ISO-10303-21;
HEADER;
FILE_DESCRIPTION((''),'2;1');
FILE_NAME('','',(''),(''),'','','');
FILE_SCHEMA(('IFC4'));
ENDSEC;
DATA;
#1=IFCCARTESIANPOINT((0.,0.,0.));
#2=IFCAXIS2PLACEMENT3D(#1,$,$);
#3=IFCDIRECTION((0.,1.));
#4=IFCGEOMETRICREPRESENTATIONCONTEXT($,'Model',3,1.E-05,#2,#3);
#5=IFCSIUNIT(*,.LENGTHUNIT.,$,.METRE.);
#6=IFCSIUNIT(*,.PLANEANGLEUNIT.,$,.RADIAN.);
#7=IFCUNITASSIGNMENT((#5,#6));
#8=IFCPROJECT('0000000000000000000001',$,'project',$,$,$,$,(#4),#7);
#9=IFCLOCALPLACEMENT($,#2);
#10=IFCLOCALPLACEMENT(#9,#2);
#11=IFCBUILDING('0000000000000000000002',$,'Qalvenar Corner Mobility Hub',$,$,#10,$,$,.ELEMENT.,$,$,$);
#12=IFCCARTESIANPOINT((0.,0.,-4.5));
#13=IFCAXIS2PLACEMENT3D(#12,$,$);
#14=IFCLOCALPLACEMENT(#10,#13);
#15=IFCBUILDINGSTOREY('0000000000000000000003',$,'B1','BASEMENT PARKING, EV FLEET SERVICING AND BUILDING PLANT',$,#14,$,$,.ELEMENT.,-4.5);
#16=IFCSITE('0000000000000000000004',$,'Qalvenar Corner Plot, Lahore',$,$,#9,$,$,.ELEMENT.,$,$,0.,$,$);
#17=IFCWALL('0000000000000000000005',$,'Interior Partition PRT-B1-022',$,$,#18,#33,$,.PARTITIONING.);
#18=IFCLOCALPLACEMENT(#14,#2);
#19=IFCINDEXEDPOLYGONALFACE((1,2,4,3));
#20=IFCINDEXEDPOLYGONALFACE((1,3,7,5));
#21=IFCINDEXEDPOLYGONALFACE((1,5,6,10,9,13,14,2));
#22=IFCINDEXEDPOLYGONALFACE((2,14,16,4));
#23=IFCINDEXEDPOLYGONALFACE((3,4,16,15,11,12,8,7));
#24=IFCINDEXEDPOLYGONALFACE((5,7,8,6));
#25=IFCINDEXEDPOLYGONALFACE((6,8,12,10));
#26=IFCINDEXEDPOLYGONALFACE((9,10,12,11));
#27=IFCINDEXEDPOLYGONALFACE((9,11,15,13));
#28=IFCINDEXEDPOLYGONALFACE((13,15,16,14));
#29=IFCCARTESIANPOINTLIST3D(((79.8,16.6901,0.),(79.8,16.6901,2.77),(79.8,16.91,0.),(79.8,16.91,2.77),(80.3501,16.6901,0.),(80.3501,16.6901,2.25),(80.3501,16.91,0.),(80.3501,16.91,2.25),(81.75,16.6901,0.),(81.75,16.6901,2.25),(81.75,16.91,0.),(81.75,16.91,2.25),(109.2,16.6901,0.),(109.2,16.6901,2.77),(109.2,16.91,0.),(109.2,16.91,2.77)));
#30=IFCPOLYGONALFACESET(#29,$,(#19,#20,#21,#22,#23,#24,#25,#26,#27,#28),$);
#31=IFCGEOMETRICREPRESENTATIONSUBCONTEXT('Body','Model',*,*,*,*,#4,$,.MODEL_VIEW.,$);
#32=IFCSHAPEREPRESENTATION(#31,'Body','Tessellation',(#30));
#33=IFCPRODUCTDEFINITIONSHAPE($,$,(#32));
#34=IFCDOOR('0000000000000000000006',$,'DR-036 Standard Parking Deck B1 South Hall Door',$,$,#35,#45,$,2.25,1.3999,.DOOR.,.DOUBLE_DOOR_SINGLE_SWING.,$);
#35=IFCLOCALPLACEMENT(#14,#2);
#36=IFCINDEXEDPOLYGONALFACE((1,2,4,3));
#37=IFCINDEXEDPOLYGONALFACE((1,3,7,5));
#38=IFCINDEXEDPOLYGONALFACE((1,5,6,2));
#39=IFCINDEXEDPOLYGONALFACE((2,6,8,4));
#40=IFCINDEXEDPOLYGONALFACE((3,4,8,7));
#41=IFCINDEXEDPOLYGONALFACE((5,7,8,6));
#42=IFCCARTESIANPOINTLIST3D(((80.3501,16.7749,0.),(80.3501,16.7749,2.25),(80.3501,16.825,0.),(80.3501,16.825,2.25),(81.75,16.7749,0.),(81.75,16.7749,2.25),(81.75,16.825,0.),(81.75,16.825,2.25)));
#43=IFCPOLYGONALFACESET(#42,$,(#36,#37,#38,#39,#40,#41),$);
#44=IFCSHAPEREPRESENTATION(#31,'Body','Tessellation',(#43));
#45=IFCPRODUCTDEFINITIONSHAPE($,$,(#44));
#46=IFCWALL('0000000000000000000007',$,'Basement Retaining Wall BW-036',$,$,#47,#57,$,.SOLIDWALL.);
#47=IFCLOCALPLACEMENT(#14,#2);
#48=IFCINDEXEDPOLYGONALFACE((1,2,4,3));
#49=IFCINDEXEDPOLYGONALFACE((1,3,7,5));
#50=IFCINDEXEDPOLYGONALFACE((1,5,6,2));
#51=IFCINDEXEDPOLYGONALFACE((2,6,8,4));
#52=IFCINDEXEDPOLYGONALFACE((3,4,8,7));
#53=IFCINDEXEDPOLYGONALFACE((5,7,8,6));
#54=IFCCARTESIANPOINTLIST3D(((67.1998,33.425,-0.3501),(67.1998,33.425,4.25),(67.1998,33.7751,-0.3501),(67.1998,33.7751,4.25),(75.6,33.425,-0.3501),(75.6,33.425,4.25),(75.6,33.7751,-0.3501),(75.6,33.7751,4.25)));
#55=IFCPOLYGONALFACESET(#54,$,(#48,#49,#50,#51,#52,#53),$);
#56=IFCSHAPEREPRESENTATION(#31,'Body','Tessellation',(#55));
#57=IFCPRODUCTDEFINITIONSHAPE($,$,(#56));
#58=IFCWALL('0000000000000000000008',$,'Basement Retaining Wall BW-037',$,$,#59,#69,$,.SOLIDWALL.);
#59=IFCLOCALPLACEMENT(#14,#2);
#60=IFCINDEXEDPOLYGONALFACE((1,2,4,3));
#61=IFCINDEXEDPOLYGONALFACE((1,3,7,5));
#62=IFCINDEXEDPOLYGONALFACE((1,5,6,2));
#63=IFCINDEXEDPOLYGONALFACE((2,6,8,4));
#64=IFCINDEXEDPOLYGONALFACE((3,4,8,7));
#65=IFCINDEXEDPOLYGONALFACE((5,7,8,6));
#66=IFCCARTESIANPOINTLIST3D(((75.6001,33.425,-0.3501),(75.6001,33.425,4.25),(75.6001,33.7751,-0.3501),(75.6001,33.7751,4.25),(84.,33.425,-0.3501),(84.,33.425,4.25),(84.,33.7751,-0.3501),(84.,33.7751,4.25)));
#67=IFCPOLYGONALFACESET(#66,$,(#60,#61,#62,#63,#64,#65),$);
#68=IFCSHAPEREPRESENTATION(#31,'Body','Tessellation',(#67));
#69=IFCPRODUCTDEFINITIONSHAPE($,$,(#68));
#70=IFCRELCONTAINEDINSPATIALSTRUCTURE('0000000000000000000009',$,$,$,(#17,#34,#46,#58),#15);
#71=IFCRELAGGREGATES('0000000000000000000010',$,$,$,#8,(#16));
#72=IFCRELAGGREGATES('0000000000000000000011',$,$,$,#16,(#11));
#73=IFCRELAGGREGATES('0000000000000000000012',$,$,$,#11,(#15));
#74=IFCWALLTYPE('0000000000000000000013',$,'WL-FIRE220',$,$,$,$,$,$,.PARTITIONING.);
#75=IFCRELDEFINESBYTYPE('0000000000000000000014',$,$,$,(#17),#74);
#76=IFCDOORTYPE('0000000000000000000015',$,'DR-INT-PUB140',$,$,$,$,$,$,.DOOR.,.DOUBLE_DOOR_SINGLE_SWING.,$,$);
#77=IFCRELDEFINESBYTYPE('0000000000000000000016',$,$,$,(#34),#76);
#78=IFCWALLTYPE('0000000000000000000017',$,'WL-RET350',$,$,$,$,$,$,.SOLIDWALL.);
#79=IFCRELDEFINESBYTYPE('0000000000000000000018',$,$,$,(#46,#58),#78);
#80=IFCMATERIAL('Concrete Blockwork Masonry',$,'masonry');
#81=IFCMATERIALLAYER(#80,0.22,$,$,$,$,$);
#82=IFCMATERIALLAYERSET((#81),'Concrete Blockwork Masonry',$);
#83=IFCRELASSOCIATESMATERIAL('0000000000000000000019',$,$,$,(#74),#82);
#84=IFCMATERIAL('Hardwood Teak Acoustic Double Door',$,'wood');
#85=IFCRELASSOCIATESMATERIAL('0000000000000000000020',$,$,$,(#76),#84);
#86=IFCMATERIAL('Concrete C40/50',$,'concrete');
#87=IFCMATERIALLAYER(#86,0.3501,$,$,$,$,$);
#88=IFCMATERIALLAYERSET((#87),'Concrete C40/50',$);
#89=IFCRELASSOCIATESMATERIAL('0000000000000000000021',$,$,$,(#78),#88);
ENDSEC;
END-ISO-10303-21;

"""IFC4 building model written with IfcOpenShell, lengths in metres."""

from ifc_helpers import new_model, si_unit, direction, frame, frame_2d, origin, place, context, subcontext, project, spatial, rectangle, extrude, material, layer, layer_set, type_object, element, fill, save


model = new_model("IFC4")

# Units and contexts
model_context = context("Model", 3, precision=1e-05, world=origin(), true_north=direction((0.0, 1.0)))
body_context = subcontext(model_context, "Body", "Model", "MODEL_VIEW")
ifc_project = project(units=[si_unit("LENGTHUNIT", "METRE"), si_unit("PLANEANGLEUNIT", "RADIAN")], contexts=[model_context])

# Site, building, storey
site_placement = place(None, origin())
site = spatial("IfcSite", under=ifc_project, at=site_placement, Name="Qalvenar Corner Plot, Lahore", CompositionType="ELEMENT", RefElevation=0.0)
building_placement = place(site_placement, origin())
building = spatial("IfcBuilding", under=site, at=building_placement, Name="Qalvenar Corner Mobility Hub", CompositionType="ELEMENT")
storey_placement = place(building_placement, frame((0.0, 0.0, -4.5)))
storey = spatial("IfcBuildingStorey", under=building, at=storey_placement, Name="B1", Description="BASEMENT PARKING, EV FLEET SERVICING AND BUILDING PLANT", CompositionType="ELEMENT", Elevation=-4.5)

# Shared definitions
ifc_material_1 = material(Name="Concrete C40/50", Category="concrete")

# Wall, opening, door
ifc_material_2 = material(Name="Concrete Blockwork Masonry", Category="masonry")
ifc_layer_1 = layer(ifc_material_2, 0.22)
ifc_layer_set_1 = layer_set([ifc_layer_1], Name="Concrete Blockwork Masonry")
wall_type_1 = type_object("IfcWallType", Name="WL-FIRE220", PredefinedType="PARTITIONING", material=ifc_layer_set_1)
wall_1_placement = place(storey_placement, frame((79.8, 16.8, 0.0), z_axis=(0.0, 0.0, 1.0), x_axis=(1.0, 0.0, 0.0)))
wall_1 = element("IfcWall", 1, at=wall_1_placement, inside=storey, type_object=wall_type_1, Name="Interior Partition PRT-B1-022", PredefinedType="PARTITIONING", context=body_context, shape_type="SweptSolid", body=[
    extrude(rectangle(XDim=29.3999, YDim=0.22, at=frame_2d((14.7, 0.0))), origin(), (0.0, 0.0, 1.0), 2.77),
])
opening_placement = place(wall_1_placement, frame((0.55, 0.0, 0.0)))
opening = element("IfcOpeningElement", 2, at=opening_placement, cuts=wall_1, PredefinedType="OPENING", context=body_context, shape_type="SweptSolid", body=[
    extrude(rectangle(XDim=1.3999, YDim=2.25, at=frame_2d((0.7, 1.125))), frame((0.0, 0.1201, 0.0), z_axis=(0.0, -1.0, 0.0), x_axis=(1.0, 0.0, 0.0)), (0.0, 0.0, 1.0), 0.24),
])
ifc_material_3 = material(Name="Hardwood Teak Acoustic Double Door", Category="wood")
door_type = type_object("IfcDoorType", Name="DR-INT-PUB140", OperationType="DOUBLE_DOOR_SINGLE_SWING", PredefinedType="DOOR", material=ifc_material_3)
door_placement = place(opening_placement, origin())
door = element("IfcDoor", 3, at=door_placement, inside=storey, type_object=door_type, Name="DR-036 Standard Parking Deck B1 South Hall Door", OperationType="DOUBLE_DOOR_SINGLE_SWING", OverallHeight=2.25, OverallWidth=1.3999, PredefinedType="DOOR", context=body_context, shape_type="SweptSolid", body=[
    extrude(rectangle(XDim=1.3999, YDim=2.25, at=frame_2d((0.7, 1.125))), frame((0.0, 0.0249, 0.0), z_axis=(0.0, -1.0, 0.0), x_axis=(1.0, 0.0, 0.0)), (0.0, 0.0, 1.0), 0.05),
])
fill(opening, door)

# Walls
ifc_layer_2 = layer(ifc_material_1, 0.3501)
ifc_layer_set_2 = layer_set([ifc_layer_2], Name="Concrete C40/50")
wall_type_2 = type_object("IfcWallType", Name="WL-RET350", PredefinedType="SOLIDWALL", material=ifc_layer_set_2)
wall_2_placement = place(storey_placement, frame((75.6001, 33.6001, -0.3501), z_axis=(0.0, 0.0, 1.0), x_axis=(-1.0, 0.0, 0.0)))
element("IfcWall", 4, at=wall_2_placement, inside=storey, type_object=wall_type_2, Name="Basement Retaining Wall BW-036", PredefinedType="SOLIDWALL", context=body_context, shape_type="SweptSolid", body=[
    extrude(rectangle(XDim=8.4001, YDim=0.3501, at=frame_2d((4.2002, 0.0))), origin(), (0.0, 0.0, 1.0), 4.6001),
])
wall_3_placement = place(storey_placement, frame((84.0, 33.6001, -0.3501), z_axis=(0.0, 0.0, 1.0), x_axis=(-1.0, 0.0, 0.0)))
element("IfcWall", 5, at=wall_3_placement, inside=storey, type_object=wall_type_2, Name="Basement Retaining Wall BW-037", PredefinedType="SOLIDWALL", context=body_context, shape_type="SweptSolid", body=[
    extrude(rectangle(XDim=8.3999, YDim=0.3501, at=frame_2d((4.2, 0.0))), origin(), (0.0, 0.0, 1.0), 4.6001),
])

save(model, "model.ifc")
